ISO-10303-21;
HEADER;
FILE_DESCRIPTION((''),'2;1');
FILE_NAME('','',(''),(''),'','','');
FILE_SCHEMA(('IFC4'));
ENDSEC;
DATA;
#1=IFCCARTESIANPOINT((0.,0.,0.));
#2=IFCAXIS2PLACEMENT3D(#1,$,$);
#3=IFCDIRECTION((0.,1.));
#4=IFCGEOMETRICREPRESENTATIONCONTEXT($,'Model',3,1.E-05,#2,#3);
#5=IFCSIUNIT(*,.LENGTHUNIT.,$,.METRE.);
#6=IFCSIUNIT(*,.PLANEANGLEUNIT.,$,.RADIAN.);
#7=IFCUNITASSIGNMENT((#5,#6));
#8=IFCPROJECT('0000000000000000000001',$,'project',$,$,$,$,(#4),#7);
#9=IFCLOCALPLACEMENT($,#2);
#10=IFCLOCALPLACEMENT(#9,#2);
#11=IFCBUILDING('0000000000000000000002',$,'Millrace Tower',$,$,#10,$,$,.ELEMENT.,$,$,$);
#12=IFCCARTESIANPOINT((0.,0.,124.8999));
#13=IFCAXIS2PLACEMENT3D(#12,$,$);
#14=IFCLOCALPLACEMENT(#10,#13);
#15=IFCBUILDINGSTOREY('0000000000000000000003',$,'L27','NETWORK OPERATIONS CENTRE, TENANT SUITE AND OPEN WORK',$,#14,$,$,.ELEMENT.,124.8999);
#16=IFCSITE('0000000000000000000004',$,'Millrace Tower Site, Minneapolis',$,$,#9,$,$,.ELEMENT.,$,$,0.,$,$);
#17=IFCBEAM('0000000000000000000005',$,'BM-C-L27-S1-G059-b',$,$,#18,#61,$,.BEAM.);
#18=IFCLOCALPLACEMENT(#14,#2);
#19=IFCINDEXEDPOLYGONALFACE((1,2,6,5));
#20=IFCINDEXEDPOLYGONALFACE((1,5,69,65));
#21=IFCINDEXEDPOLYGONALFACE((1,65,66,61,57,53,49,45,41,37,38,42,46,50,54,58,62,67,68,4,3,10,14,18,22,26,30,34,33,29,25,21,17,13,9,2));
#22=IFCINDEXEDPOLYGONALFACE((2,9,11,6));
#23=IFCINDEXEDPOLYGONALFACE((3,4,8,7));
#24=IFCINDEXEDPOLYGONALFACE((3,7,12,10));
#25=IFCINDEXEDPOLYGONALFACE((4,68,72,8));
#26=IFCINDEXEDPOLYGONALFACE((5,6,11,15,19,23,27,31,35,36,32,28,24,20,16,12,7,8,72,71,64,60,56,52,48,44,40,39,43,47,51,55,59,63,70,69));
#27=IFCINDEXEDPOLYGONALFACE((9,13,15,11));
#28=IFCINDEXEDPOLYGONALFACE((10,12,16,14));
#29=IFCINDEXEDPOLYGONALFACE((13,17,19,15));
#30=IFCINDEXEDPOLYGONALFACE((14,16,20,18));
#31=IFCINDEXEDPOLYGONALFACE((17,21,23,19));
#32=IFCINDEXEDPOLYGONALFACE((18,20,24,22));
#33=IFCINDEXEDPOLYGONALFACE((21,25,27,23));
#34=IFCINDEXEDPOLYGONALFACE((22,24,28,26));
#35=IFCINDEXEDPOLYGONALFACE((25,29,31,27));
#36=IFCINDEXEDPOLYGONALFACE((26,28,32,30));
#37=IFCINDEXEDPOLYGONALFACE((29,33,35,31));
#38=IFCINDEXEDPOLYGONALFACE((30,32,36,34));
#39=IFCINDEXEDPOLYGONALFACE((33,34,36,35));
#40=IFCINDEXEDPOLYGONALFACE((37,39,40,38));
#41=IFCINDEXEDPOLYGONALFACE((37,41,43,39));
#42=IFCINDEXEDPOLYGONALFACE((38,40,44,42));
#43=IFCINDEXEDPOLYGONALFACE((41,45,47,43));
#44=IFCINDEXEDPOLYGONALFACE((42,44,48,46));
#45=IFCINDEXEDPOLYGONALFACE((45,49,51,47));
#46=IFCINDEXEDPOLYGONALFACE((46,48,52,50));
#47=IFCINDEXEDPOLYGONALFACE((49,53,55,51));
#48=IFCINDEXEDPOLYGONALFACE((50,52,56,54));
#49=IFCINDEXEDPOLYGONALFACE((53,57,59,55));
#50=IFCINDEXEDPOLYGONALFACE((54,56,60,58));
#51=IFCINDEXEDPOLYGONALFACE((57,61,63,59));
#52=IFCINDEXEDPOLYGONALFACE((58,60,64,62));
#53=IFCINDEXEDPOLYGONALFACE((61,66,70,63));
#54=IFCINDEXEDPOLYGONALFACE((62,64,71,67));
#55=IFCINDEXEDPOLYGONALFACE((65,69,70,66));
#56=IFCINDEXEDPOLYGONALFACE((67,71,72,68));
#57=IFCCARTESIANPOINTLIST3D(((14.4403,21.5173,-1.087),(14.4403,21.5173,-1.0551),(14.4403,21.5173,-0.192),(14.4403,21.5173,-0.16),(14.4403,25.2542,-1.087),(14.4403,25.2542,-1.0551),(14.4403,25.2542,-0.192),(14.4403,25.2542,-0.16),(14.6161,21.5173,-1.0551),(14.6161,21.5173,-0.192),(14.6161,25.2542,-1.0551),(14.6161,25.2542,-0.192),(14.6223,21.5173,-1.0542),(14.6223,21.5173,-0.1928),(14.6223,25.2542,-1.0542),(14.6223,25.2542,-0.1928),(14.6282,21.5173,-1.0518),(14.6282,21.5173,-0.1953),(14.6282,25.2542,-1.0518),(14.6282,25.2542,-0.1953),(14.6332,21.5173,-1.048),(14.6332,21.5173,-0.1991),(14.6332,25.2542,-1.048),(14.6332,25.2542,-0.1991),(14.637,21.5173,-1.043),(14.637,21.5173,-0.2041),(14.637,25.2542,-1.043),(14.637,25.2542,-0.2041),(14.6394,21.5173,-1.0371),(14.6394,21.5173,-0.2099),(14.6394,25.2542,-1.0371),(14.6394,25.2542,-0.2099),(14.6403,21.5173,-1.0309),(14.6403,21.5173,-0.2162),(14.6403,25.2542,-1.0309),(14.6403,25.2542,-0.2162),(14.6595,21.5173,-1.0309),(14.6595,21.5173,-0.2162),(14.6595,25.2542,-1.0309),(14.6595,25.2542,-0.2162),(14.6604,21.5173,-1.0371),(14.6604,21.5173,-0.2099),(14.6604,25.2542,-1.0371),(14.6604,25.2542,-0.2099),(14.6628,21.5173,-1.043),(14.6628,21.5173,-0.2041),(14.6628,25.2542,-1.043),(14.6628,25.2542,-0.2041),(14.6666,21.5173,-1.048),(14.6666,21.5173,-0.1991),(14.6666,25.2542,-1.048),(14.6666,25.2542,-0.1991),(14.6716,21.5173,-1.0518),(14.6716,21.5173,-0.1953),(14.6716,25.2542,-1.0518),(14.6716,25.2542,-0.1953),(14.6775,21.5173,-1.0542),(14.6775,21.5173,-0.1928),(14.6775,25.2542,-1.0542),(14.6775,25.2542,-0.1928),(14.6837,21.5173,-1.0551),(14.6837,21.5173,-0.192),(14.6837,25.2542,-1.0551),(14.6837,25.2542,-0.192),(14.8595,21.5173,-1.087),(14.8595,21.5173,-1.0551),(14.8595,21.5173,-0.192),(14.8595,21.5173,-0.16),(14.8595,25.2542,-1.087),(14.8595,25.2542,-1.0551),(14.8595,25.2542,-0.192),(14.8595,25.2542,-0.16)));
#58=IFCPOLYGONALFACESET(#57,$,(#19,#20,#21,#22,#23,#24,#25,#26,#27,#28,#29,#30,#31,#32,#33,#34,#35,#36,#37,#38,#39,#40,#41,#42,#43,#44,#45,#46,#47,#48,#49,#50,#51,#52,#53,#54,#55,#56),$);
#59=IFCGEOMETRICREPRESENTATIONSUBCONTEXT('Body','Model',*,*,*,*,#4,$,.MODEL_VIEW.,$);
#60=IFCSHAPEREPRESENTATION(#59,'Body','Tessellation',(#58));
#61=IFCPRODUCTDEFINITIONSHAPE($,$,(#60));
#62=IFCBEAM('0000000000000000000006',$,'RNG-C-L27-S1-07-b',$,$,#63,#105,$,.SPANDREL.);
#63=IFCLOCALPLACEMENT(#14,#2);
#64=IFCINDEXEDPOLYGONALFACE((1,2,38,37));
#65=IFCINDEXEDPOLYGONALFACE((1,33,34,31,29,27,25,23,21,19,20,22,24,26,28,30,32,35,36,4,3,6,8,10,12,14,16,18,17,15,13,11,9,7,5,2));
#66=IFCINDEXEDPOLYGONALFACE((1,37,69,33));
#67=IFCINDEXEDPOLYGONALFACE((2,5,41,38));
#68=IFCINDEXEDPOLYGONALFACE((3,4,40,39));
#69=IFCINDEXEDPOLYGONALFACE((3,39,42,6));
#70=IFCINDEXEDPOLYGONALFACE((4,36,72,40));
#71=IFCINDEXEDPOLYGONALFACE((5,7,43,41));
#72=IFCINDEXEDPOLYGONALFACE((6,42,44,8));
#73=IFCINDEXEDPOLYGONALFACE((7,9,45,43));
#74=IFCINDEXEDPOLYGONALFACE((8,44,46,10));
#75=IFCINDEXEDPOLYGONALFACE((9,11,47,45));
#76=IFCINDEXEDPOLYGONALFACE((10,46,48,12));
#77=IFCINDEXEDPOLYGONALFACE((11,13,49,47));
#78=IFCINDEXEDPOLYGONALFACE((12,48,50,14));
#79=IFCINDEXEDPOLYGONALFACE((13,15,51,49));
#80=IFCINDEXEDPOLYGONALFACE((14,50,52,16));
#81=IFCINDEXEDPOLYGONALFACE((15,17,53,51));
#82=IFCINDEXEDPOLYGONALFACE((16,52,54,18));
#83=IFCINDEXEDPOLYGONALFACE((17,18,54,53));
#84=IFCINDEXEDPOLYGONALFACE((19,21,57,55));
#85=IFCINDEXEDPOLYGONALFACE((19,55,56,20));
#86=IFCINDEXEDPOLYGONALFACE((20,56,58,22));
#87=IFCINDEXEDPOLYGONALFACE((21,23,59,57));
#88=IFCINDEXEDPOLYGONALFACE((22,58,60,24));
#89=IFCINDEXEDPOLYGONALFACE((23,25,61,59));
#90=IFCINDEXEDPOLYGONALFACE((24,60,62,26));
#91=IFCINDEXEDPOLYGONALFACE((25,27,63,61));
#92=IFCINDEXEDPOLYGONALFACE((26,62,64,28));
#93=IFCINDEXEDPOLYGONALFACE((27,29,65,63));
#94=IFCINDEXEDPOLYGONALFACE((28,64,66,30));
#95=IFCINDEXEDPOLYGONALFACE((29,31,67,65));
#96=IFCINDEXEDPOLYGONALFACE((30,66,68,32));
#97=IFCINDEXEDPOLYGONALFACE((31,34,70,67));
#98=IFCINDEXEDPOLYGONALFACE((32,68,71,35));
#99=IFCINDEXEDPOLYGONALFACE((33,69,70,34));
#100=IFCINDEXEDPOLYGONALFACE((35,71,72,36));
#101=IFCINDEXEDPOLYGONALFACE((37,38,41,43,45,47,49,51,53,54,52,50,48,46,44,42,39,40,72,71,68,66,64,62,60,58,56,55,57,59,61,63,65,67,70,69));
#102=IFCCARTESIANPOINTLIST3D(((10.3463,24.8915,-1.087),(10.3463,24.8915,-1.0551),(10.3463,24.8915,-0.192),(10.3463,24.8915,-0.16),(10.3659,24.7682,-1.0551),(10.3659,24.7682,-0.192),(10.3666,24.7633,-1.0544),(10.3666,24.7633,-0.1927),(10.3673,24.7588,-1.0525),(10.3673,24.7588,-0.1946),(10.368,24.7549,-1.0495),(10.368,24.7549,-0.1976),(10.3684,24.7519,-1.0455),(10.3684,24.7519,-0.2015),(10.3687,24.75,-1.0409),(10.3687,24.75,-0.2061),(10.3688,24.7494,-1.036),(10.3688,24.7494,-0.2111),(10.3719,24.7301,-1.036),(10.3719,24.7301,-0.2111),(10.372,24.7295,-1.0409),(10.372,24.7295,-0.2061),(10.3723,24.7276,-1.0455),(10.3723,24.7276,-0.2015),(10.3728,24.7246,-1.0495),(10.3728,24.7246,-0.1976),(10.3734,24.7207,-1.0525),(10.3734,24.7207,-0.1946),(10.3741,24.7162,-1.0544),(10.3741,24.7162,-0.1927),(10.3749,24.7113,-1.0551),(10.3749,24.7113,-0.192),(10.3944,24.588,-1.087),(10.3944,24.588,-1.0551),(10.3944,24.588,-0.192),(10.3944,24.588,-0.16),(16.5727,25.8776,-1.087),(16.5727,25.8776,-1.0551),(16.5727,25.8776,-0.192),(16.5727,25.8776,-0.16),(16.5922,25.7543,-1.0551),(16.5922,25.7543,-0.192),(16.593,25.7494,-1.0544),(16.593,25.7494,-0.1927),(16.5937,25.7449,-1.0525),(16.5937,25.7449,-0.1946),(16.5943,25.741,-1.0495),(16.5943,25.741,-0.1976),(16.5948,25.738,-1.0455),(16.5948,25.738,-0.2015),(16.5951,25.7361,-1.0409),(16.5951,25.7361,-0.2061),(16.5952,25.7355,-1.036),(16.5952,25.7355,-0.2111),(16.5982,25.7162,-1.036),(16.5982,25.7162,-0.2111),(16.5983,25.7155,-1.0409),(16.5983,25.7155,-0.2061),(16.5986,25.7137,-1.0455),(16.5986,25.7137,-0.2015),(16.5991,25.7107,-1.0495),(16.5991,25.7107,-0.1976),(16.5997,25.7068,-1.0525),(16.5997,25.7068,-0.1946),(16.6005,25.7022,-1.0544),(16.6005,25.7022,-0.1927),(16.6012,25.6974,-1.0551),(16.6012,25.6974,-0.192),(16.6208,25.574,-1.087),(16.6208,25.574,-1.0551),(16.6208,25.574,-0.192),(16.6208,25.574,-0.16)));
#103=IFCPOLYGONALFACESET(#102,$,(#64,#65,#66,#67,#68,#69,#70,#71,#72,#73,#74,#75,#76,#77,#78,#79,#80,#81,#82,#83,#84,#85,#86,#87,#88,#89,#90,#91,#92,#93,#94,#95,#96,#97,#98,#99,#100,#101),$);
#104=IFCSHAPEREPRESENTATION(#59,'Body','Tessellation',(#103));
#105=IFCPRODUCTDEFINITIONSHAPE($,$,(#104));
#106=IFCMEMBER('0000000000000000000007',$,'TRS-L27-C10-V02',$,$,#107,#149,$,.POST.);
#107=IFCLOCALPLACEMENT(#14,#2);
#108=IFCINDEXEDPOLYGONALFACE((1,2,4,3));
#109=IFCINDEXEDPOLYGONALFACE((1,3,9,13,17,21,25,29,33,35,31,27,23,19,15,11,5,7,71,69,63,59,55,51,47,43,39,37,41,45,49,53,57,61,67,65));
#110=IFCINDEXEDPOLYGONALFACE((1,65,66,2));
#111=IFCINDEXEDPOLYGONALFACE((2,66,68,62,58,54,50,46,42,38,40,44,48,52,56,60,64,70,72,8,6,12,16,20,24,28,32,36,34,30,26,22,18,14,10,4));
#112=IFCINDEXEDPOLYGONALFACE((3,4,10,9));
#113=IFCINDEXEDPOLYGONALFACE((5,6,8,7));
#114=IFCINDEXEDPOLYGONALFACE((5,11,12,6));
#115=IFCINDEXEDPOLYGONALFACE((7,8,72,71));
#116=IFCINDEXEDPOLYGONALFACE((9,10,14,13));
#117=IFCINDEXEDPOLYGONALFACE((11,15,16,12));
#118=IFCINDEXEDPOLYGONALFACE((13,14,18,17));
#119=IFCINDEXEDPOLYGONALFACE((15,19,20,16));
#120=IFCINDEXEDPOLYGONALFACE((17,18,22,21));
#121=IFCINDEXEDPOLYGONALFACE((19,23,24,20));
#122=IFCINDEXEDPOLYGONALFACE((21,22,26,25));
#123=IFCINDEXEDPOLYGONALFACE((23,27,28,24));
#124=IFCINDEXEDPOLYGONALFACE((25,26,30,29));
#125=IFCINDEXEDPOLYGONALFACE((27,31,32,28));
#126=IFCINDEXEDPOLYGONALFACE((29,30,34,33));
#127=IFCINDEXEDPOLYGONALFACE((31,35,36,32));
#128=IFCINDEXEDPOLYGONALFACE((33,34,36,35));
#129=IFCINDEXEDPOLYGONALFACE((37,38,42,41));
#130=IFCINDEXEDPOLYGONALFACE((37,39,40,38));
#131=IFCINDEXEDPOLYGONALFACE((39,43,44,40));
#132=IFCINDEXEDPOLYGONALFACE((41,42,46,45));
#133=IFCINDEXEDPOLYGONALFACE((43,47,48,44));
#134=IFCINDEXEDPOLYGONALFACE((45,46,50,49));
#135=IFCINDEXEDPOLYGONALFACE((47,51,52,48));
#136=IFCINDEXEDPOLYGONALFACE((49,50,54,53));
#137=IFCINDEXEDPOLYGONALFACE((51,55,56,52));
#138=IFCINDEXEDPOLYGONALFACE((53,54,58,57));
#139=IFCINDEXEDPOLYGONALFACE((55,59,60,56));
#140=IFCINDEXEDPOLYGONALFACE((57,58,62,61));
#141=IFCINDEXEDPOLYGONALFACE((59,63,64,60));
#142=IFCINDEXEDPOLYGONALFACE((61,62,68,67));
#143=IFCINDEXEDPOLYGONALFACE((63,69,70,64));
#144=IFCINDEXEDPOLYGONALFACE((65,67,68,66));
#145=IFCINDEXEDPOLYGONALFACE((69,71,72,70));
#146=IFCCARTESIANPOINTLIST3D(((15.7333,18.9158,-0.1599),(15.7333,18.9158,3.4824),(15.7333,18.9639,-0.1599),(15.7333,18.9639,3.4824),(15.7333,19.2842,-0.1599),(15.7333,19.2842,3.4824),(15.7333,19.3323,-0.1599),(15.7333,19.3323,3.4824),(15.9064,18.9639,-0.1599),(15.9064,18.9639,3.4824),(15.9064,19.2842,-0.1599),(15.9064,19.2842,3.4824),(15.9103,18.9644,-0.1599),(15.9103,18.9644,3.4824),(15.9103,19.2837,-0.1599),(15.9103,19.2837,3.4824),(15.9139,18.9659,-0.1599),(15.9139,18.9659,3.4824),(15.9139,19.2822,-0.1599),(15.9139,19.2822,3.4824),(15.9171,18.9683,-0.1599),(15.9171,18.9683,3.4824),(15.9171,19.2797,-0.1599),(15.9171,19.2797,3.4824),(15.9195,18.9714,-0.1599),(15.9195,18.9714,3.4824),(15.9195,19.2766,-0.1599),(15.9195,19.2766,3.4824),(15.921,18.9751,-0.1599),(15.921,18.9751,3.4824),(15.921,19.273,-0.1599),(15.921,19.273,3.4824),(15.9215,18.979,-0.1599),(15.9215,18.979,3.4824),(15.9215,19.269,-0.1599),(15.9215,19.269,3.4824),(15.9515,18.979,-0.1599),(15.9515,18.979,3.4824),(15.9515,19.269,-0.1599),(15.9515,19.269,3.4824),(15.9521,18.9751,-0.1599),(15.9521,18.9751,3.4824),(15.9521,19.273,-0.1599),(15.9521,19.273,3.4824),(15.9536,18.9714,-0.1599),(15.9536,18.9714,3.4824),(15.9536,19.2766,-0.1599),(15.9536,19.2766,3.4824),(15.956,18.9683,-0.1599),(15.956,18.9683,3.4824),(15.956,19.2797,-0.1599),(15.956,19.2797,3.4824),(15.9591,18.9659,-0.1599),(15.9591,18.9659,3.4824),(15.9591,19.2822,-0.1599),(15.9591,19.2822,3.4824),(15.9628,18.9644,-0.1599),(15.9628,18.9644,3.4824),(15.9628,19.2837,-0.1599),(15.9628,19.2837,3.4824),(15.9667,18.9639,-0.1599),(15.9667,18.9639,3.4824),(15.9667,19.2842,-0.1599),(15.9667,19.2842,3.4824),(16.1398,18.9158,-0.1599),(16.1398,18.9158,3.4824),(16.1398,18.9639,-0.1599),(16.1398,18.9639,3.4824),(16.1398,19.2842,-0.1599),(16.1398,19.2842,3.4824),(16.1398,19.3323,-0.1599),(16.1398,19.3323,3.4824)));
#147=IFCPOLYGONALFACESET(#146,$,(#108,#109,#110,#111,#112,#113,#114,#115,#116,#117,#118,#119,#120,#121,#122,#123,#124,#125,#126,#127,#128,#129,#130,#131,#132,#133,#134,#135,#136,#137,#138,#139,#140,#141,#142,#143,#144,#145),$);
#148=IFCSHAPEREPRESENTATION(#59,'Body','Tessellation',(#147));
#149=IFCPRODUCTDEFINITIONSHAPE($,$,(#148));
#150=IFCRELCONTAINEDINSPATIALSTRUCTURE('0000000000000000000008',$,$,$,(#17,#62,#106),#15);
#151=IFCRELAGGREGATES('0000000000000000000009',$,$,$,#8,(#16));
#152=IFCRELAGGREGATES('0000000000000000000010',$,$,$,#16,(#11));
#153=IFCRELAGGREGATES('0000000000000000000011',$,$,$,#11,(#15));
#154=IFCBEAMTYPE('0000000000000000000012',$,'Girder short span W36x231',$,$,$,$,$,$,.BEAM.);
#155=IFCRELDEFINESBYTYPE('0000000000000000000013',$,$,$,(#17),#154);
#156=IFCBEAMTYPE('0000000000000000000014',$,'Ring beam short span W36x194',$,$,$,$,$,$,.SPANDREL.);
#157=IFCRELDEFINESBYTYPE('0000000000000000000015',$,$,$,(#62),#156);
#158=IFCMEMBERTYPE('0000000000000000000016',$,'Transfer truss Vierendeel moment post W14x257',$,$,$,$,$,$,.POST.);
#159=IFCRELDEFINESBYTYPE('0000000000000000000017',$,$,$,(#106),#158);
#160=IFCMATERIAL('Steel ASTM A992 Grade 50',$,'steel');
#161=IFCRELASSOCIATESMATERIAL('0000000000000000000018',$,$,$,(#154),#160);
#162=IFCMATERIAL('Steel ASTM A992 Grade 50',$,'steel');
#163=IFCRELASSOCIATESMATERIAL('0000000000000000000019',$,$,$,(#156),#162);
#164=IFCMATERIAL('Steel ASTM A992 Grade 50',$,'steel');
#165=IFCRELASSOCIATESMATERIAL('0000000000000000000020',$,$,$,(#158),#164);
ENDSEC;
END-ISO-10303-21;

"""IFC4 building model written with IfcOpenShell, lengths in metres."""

from ifc_helpers import new_model, si_unit, direction, frame, origin, origin_2d, place, context, subcontext, project, spatial, i_section, extrude, material, material_profile, profile_set, type_object, element, save


model = new_model("IFC4")

# Units and contexts
model_context = context("Model", 3, precision=1e-05, world=origin(), true_north=direction((0.0, 1.0)))
body_context = subcontext(model_context, "Body", "Model", "MODEL_VIEW")
ifc_project = project(units=[si_unit("LENGTHUNIT", "METRE"), si_unit("PLANEANGLEUNIT", "RADIAN")], contexts=[model_context])

# Site, building, storey
site_placement = place(None, origin())
site = spatial("IfcSite", under=ifc_project, at=site_placement, Name="Millrace Tower Site, Minneapolis", CompositionType="ELEMENT", RefElevation=0.0)
building_placement = place(site_placement, origin())
building = spatial("IfcBuilding", under=site, at=building_placement, Name="Millrace Tower", CompositionType="ELEMENT")
storey_placement = place(building_placement, frame((0.0, 0.0, 124.8999)))
storey = spatial("IfcBuildingStorey", under=building, at=storey_placement, Name="L27", Description="NETWORK OPERATIONS CENTRE, TENANT SUITE AND OPEN WORK", CompositionType="ELEMENT", Elevation=124.8999)

# Beams
ifc_material_1 = material(Name="Steel ASTM A992 Grade 50", Category="steel")
ifc_material_profile_1 = material_profile(ifc_material_1, i_section(OverallWidth=0.4192, OverallDepth=0.927, WebThickness=0.0193, FlangeThickness=0.032, FilletRadius=0.0242, at=origin_2d()))
ifc_profile_set_1 = profile_set([ifc_material_profile_1], Name="Steel ASTM A992 Grade 50")
beam_type_1 = type_object("IfcBeamType", Name="Girder short span W36x231", PredefinedType="BEAM", material=ifc_profile_set_1)
beam_1_placement = place(storey_placement, frame((14.6499, 21.5173, -0.6235), z_axis=(0.0, 1.0, 0.0), x_axis=(-1.0, 0.0, 0.0)))
element("IfcBeam", 1, at=beam_1_placement, inside=storey, type_object=beam_type_1, Name="BM-C-L27-S1-G059-b", PredefinedType="BEAM", context=body_context, shape_type="SweptSolid", body=[
    extrude(i_section(OverallWidth=0.4192, OverallDepth=0.927, WebThickness=0.0193, FlangeThickness=0.032, FilletRadius=0.0242, at=origin_2d()), origin(), (0.0, 0.0, 1.0), 3.7368),
])
ifc_material_2 = material(Name="Steel ASTM A992 Grade 50", Category="steel")
ifc_material_profile_2 = material_profile(ifc_material_2, i_section(OverallWidth=0.3074, OverallDepth=0.927, WebThickness=0.0195, FlangeThickness=0.032, FilletRadius=0.019, at=origin_2d()))
ifc_profile_set_2 = profile_set([ifc_material_profile_2], Name="Steel ASTM A992 Grade 50")
beam_type_2 = type_object("IfcBeamType", Name="Ring beam short span W36x194", PredefinedType="SPANDREL", material=ifc_profile_set_2)
beam_2_placement = place(storey_placement, frame((10.3704, 24.7397, -0.6235), z_axis=(0.98769, 0.156424, 0.0), x_axis=(-0.156424, 0.98769, 0.0)))
element("IfcBeam", 2, at=beam_2_placement, inside=storey, type_object=beam_type_2, Name="RNG-C-L27-S1-07-b", PredefinedType="SPANDREL", context=body_context, shape_type="SweptSolid", body=[
    extrude(i_section(OverallWidth=0.3074, OverallDepth=0.927, WebThickness=0.0195, FlangeThickness=0.032, FilletRadius=0.019, at=origin_2d()), origin(), (0.0, 0.0, 1.0), 6.304),
])

# Member
ifc_material_3 = material(Name="Steel ASTM A992 Grade 50", Category="steel")
ifc_material_profile_3 = material_profile(ifc_material_3, i_section(OverallWidth=0.4065, OverallDepth=0.4165, WebThickness=0.03, FlangeThickness=0.0481, FilletRadius=0.0151, at=origin_2d()))
ifc_profile_set_3 = profile_set([ifc_material_profile_3], Name="Steel ASTM A992 Grade 50")
member_type_1 = type_object("IfcMemberType", Name="Transfer truss Vierendeel moment post W14x257", PredefinedType="POST", material=ifc_profile_set_3)
member_1_placement = place(storey_placement, frame((15.9365, 19.124, -0.1599), z_axis=(0.0, 0.0, 1.0), x_axis=(1.0, 0.0, 0.0)))
element("IfcMember", 3, at=member_1_placement, inside=storey, type_object=member_type_1, Name="TRS-L27-C10-V02", PredefinedType="POST", context=body_context, shape_type="SweptSolid", body=[
    extrude(i_section(OverallWidth=0.4065, OverallDepth=0.4165, WebThickness=0.03, FlangeThickness=0.0481, FilletRadius=0.0151, at=origin_2d()), origin(), (0.0, 0.0, 1.0), 3.6423),
])

save(model, "model.ifc")
